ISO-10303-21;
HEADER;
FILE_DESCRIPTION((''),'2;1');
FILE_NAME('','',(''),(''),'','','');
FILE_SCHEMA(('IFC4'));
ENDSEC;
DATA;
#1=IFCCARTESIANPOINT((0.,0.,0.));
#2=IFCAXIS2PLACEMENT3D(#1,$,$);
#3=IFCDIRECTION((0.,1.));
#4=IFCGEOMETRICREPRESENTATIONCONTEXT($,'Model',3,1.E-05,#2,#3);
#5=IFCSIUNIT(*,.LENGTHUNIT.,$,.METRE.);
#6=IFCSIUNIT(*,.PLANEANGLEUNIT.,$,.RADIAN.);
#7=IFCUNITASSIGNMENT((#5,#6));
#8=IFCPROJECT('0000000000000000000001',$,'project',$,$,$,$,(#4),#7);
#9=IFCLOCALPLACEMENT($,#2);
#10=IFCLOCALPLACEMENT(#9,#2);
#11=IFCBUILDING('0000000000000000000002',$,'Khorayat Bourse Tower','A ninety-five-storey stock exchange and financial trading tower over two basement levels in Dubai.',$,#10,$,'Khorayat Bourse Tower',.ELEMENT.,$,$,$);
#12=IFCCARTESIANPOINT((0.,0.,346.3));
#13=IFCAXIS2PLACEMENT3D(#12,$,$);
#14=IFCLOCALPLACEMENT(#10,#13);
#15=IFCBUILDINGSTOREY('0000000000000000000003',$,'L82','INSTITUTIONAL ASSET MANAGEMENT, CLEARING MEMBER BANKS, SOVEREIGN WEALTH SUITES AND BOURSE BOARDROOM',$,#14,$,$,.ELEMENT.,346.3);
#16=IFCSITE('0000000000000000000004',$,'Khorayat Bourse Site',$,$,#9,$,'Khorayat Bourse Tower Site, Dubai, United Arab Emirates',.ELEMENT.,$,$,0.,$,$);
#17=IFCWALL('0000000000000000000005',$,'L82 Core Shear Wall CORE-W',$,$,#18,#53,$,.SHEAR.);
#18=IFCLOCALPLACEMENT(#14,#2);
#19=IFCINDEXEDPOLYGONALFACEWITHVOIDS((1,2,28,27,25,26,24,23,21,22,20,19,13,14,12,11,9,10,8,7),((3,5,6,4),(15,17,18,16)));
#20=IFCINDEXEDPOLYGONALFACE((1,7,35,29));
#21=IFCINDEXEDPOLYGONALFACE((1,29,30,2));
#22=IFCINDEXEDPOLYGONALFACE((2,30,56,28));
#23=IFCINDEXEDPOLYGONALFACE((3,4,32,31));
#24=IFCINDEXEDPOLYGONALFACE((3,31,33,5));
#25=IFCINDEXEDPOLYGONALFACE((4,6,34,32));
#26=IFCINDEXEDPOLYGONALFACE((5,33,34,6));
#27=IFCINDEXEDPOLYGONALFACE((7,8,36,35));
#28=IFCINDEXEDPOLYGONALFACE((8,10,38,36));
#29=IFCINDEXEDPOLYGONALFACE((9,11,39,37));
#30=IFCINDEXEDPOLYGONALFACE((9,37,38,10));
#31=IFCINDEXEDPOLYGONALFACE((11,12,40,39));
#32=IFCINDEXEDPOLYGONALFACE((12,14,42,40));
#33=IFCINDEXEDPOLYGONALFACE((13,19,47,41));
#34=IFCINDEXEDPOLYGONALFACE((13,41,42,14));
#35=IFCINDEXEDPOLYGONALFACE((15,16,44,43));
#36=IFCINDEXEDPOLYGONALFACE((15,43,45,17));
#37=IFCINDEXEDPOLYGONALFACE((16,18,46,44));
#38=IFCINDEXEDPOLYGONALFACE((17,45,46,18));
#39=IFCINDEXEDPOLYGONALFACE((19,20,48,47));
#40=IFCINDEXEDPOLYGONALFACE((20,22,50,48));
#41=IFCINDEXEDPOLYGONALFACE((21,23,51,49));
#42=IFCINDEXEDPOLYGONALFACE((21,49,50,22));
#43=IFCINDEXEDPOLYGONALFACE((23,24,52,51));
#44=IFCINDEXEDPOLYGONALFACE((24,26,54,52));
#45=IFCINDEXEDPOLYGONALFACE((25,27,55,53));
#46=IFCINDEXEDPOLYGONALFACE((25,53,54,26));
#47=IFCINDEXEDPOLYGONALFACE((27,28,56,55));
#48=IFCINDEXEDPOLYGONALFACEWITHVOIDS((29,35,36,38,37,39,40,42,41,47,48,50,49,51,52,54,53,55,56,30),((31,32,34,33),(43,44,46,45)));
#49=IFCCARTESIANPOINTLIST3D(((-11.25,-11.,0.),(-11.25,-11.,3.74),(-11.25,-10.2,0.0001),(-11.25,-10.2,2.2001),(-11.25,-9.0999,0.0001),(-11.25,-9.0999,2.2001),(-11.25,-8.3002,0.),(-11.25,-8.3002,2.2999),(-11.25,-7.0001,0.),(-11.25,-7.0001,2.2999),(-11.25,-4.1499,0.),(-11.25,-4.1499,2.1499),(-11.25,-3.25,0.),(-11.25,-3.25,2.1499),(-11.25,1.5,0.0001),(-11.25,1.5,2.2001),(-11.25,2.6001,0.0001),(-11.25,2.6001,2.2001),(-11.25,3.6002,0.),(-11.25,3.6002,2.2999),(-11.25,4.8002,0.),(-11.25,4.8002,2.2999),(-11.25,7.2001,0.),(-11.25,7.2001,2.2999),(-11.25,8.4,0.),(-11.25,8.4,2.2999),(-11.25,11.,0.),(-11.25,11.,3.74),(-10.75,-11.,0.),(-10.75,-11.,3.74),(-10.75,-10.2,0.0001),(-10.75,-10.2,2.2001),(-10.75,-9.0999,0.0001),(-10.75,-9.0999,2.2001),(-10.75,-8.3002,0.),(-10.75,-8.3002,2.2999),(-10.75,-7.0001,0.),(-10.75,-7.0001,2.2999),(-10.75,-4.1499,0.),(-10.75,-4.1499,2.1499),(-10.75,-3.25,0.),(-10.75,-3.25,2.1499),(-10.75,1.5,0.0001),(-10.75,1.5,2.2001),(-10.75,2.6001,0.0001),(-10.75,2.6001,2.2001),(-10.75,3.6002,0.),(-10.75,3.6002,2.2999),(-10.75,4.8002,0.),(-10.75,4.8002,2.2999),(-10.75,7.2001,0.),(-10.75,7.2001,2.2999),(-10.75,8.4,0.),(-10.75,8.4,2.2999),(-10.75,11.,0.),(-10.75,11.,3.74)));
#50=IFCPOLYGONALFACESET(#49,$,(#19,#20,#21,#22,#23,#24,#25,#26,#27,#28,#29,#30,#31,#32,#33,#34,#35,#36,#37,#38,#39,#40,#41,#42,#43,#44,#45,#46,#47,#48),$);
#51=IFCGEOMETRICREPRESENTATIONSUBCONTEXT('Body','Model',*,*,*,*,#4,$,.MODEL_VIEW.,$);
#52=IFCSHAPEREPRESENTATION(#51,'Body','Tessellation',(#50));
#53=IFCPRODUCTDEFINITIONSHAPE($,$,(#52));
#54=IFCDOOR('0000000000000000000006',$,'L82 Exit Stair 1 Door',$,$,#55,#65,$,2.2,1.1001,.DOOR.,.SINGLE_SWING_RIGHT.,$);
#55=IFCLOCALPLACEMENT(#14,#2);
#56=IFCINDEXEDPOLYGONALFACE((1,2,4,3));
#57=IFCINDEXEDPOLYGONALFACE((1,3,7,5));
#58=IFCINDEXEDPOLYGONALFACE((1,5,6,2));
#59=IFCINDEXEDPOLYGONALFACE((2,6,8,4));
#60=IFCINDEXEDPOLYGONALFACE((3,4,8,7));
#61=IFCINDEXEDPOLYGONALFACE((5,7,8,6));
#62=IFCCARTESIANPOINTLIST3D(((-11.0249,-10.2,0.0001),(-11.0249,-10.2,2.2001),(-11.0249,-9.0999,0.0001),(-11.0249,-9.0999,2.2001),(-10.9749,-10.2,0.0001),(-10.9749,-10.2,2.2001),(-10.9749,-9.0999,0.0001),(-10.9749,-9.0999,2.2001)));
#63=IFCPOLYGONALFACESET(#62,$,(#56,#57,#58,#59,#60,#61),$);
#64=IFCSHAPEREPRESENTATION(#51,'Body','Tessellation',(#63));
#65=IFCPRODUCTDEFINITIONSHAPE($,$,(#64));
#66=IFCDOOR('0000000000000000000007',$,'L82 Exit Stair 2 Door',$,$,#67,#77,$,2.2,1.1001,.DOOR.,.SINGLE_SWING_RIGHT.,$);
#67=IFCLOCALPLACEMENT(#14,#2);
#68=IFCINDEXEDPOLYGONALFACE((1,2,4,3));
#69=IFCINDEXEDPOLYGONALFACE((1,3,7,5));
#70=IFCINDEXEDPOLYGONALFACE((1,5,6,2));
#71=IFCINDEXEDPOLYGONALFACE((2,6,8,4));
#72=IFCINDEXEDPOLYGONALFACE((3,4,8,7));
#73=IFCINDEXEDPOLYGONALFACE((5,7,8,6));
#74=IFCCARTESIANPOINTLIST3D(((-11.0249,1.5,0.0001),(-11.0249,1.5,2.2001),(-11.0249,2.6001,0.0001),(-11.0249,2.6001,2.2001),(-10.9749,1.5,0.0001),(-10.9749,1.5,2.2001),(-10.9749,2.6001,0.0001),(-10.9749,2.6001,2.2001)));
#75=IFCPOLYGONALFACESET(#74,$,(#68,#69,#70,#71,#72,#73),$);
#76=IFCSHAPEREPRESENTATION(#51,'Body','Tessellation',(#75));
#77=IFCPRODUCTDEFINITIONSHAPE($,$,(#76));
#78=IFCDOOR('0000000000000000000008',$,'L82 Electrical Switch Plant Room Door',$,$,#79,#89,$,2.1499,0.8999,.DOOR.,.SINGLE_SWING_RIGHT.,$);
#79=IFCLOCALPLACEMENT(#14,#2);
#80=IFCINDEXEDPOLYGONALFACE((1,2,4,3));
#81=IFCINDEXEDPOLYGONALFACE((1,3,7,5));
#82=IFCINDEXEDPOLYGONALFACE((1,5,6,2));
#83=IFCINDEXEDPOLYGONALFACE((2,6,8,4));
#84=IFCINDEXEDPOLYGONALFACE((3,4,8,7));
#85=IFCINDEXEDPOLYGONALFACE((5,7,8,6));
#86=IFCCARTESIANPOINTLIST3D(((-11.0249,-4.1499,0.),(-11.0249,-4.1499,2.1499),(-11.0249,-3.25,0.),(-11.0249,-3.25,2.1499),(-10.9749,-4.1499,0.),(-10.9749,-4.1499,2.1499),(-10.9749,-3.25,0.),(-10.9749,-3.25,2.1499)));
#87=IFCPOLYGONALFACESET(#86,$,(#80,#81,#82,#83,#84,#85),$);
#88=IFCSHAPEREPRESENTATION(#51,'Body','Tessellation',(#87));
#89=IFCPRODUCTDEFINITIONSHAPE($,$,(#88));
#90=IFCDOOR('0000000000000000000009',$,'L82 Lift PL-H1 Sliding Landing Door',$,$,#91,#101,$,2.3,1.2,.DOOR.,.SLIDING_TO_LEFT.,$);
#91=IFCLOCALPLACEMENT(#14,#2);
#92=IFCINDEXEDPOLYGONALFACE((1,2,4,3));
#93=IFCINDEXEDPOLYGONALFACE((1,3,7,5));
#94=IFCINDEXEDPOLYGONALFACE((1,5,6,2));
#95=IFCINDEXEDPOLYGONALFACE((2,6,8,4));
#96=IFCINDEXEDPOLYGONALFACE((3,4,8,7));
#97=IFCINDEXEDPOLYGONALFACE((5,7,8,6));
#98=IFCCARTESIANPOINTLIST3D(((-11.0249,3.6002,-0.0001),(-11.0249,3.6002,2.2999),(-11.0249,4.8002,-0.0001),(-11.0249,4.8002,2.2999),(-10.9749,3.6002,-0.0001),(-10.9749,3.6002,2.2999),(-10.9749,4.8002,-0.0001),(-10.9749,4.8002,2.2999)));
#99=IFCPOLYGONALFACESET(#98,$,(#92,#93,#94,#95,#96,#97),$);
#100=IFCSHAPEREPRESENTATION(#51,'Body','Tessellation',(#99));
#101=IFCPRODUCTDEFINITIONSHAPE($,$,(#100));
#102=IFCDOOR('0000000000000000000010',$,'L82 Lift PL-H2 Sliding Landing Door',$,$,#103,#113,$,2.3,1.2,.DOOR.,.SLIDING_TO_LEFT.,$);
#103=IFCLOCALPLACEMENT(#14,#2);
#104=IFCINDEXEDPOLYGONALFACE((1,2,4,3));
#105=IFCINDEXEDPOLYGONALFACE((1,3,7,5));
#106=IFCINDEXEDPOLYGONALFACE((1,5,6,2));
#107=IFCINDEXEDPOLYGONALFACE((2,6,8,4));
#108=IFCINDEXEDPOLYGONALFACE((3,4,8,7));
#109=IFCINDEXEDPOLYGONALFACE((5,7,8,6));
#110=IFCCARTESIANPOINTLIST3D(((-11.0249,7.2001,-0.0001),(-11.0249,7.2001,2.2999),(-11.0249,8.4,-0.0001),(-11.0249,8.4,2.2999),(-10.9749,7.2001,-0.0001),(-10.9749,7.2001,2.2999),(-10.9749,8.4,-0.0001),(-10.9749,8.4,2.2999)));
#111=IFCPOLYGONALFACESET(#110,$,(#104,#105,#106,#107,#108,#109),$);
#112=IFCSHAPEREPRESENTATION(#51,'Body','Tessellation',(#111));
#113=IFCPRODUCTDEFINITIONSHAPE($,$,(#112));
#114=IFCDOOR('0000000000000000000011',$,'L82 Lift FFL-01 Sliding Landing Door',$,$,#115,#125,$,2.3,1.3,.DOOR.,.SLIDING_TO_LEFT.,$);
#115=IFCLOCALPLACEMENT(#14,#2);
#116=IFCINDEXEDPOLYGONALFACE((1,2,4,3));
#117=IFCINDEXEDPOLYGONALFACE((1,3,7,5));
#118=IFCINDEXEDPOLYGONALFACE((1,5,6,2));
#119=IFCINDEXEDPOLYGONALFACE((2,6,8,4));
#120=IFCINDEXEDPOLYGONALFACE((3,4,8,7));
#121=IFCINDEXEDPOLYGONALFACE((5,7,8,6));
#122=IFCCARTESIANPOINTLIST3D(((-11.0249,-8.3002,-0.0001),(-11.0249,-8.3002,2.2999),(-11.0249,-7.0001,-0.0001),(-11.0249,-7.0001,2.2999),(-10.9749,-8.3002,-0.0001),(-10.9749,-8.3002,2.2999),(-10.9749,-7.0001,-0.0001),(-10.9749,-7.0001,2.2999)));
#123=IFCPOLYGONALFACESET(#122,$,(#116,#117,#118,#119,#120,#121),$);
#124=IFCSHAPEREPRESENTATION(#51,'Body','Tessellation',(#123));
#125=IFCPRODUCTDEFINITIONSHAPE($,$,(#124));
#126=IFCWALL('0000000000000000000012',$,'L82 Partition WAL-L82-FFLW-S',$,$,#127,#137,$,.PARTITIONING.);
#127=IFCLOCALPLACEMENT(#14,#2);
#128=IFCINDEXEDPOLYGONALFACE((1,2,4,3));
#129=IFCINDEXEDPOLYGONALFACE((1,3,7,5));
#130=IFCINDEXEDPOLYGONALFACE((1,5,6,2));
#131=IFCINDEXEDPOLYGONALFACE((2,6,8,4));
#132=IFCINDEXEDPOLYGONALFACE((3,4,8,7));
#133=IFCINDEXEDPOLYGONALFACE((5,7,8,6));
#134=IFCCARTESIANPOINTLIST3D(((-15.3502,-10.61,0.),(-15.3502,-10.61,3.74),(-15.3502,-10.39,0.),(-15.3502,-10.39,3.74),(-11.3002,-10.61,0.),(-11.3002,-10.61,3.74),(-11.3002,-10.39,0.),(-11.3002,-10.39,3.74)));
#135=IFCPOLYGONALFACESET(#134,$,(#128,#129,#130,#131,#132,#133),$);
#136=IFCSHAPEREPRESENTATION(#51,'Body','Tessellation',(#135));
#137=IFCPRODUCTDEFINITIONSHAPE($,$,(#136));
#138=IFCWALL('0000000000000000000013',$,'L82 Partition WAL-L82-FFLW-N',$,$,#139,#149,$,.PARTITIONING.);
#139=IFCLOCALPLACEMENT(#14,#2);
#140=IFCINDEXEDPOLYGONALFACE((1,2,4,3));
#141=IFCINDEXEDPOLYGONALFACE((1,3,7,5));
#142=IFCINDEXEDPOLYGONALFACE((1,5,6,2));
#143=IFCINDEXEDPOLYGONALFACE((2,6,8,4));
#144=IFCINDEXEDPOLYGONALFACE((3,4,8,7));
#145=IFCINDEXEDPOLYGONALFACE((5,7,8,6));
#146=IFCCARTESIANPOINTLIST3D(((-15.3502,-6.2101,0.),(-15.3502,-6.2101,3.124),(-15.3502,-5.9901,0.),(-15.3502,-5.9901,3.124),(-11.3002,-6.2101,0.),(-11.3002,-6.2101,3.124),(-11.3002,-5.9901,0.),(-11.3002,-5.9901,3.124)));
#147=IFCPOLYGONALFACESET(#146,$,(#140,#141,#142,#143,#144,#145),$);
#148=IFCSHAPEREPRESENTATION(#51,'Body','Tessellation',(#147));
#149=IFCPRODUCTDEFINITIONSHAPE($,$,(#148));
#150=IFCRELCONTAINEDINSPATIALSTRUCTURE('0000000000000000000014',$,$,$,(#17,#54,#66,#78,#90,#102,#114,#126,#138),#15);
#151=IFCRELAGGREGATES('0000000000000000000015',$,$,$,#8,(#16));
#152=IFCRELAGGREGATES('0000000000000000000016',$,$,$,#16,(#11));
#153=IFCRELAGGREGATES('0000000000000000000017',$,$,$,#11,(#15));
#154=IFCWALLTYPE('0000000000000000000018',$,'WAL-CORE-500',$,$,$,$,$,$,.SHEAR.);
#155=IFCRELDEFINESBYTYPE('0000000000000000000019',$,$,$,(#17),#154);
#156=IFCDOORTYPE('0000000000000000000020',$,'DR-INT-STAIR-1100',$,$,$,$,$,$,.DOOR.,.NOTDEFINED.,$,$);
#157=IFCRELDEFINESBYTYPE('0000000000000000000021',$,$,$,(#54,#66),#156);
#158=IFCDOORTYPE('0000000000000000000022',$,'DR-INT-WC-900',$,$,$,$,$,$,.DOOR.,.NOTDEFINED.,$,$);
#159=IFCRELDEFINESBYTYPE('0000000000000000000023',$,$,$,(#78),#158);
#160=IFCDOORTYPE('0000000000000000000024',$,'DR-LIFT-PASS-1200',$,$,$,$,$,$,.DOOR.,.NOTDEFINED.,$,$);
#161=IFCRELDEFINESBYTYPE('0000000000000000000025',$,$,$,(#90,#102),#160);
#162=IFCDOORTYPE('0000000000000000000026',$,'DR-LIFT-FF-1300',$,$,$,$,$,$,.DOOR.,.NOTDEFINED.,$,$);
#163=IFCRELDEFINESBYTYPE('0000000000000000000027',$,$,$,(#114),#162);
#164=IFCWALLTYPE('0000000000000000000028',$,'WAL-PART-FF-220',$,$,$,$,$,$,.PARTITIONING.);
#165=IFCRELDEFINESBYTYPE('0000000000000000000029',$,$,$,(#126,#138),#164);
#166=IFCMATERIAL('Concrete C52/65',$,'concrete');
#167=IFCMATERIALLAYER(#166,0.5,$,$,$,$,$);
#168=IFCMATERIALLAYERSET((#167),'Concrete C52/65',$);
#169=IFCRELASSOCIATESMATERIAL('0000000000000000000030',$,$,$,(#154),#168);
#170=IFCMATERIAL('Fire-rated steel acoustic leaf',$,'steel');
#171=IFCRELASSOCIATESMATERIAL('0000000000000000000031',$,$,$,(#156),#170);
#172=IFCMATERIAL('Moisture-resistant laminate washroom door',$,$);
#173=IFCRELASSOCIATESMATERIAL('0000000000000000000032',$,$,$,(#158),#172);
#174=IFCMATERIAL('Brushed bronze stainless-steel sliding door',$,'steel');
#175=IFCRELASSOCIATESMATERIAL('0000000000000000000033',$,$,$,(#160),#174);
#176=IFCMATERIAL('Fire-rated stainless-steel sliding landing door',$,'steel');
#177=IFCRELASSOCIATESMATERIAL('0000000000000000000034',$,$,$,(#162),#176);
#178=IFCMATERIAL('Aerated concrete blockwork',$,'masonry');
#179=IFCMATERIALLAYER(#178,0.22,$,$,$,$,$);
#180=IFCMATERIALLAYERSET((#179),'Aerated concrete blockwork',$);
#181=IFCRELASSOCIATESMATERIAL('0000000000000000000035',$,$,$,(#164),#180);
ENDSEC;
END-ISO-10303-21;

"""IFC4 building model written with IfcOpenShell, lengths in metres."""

from ifc_helpers import new_model, si_unit, direction, frame, frame_2d, origin, place, context, subcontext, project, spatial, rectangle, extrude, source, transform, mapped, material, layer, layer_set, type_object, element, fill, save


model = new_model("IFC4")

# Units and contexts
model_context = context("Model", 3, precision=1e-05, world=origin(), true_north=direction((0.0, 1.0)))
body_context = subcontext(model_context, "Body", "Model", "MODEL_VIEW")
ifc_project = project(units=[si_unit("LENGTHUNIT", "METRE"), si_unit("PLANEANGLEUNIT", "RADIAN")], contexts=[model_context])

# Site, building, storey
site_placement = place(None, origin())
site = spatial("IfcSite", under=ifc_project, at=site_placement, Name="Khorayat Bourse Site", LongName="Khorayat Bourse Tower Site, Dubai, United Arab Emirates", CompositionType="ELEMENT", RefElevation=0.0)
building_placement = place(site_placement, origin())
building = spatial("IfcBuilding", under=site, at=building_placement, Name="Khorayat Bourse Tower", Description="A ninety-five-storey stock exchange and financial trading tower over two basement levels in Dubai.", LongName="Khorayat Bourse Tower", CompositionType="ELEMENT")
storey_placement = place(building_placement, frame((0.0, 0.0, 346.3)))
storey = spatial("IfcBuildingStorey", under=building, at=storey_placement, Name="L82", Description="INSTITUTIONAL ASSET MANAGEMENT, CLEARING MEMBER BANKS, SOVEREIGN WEALTH SUITES AND BOURSE BOARDROOM", CompositionType="ELEMENT", Elevation=346.3)

# Shared definitions
ifc_material_1 = material(Name="Concrete C52/65", Category="concrete")

# Wall, openings, doors
ifc_layer_1 = layer(ifc_material_1, 0.5)
ifc_layer_set_1 = layer_set([ifc_layer_1], Name="Concrete C52/65")
wall_type_1 = type_object("IfcWallType", Name="WAL-CORE-500", PredefinedType="SHEAR", material=ifc_layer_set_1)
shared_shape_1 = source(origin(), body_context, "Body", "SweptSolid", [
    extrude(rectangle(XDim=22.0, YDim=0.5, at=frame_2d((11.0, 0.0))), origin(), (0.0, 0.0, 1.0), 3.74),
])
wall_1_placement = place(storey_placement, frame((-11.0, -11.0, 0.0), z_axis=(0.0, 0.0, 1.0), x_axis=(0.0, 1.0, 0.0)))
wall_1 = element("IfcWall", 1, at=wall_1_placement, inside=storey, type_object=wall_type_1, Name="L82 Core Shear Wall CORE-W", PredefinedType="SHEAR", context=body_context, shape_type="MappedRepresentation", body=[
    mapped(shared_shape_1, transform((0.0, 0.0, 0.0), scale=1.0)),
])
shared_shape_2 = source(origin(), body_context, "Body", "SweptSolid", [
    extrude(rectangle(XDim=1.1001, YDim=2.2, at=frame_2d((0.55, 1.1001))), frame((0.0, 0.26, 0.0), z_axis=(0.0, -1.0, 0.0), x_axis=(1.0, 0.0, 0.0)), (0.0, 0.0, 1.0), 0.52),
])
opening_1_placement = place(wall_1_placement, frame((0.8, 0.0, 0.0)))
opening_1 = element("IfcOpeningElement", 2, at=opening_1_placement, cuts=wall_1, PredefinedType="OPENING", context=body_context, shape_type="MappedRepresentation", body=[
    mapped(shared_shape_2, transform((0.0, 0.0, 0.0), scale=1.0)),
])
opening_2_placement = place(wall_1_placement, frame((12.5, 0.0, 0.0)))
opening_2 = element("IfcOpeningElement", 3, at=opening_2_placement, cuts=wall_1, PredefinedType="OPENING", context=body_context, shape_type="MappedRepresentation", body=[
    mapped(shared_shape_2, transform((0.0, 0.0, 0.0), scale=1.0)),
])
shared_shape_3 = source(origin(), body_context, "Body", "SweptSolid", [
    extrude(rectangle(XDim=0.8999, YDim=2.1499, at=frame_2d((0.45, 1.075))), frame((0.0, 0.26, 0.0), z_axis=(0.0, -1.0, 0.0), x_axis=(1.0, 0.0, 0.0)), (0.0, 0.0, 1.0), 0.52),
])
opening_3_placement = place(wall_1_placement, frame((6.8501, 0.0, 0.0)))
opening_3 = element("IfcOpeningElement", 4, at=opening_3_placement, cuts=wall_1, PredefinedType="OPENING", context=body_context, shape_type="MappedRepresentation", body=[
    mapped(shared_shape_3, transform((0.0, 0.0, 0.0), scale=1.0)),
])
shared_shape_4 = source(origin(), body_context, "Body", "SweptSolid", [
    extrude(rectangle(XDim=1.2, YDim=2.3, at=frame_2d((0.6001, 1.1499))), frame((0.0, 0.26, 0.0), z_axis=(0.0, -1.0, 0.0), x_axis=(1.0, 0.0, 0.0)), (0.0, 0.0, 1.0), 0.52),
])
opening_4_placement = place(wall_1_placement, frame((14.6001, 0.0, 0.0)))
opening_4 = element("IfcOpeningElement", 5, at=opening_4_placement, cuts=wall_1, PredefinedType="OPENING", context=body_context, shape_type="MappedRepresentation", body=[
    mapped(shared_shape_4, transform((0.0, 0.0, 0.0), scale=1.0)),
])
opening_5_placement = place(wall_1_placement, frame((18.2, 0.0, 0.0)))
opening_5 = element("IfcOpeningElement", 6, at=opening_5_placement, cuts=wall_1, PredefinedType="OPENING", context=body_context, shape_type="MappedRepresentation", body=[
    mapped(shared_shape_4, transform((0.0, 0.0, 0.0), scale=1.0)),
])
shared_shape_5 = source(origin(), body_context, "Body", "SweptSolid", [
    extrude(rectangle(XDim=1.3, YDim=2.3, at=frame_2d((0.6499, 1.1499))), frame((0.0, 0.26, 0.0), z_axis=(0.0, -1.0, 0.0), x_axis=(1.0, 0.0, 0.0)), (0.0, 0.0, 1.0), 0.52),
])
opening_6_placement = place(wall_1_placement, frame((2.7, 0.0, 0.0)))
opening_6 = element("IfcOpeningElement", 7, at=opening_6_placement, cuts=wall_1, PredefinedType="OPENING", context=body_context, shape_type="MappedRepresentation", body=[
    mapped(shared_shape_5, transform((0.0, 0.0, 0.0), scale=1.0)),
])
ifc_material_2 = material(Name="Fire-rated steel acoustic leaf", Category="steel")
door_type_1 = type_object("IfcDoorType", Name="DR-INT-STAIR-1100", OperationType="NOTDEFINED", PredefinedType="DOOR", material=ifc_material_2)
shared_shape_6 = source(origin(), body_context, "Body", "SweptSolid", [
    extrude(rectangle(XDim=1.1001, YDim=2.2, at=frame_2d((0.55, 1.1001))), frame((0.0, 0.0249, 0.0), z_axis=(0.0, -1.0, 0.0), x_axis=(1.0, 0.0, 0.0)), (0.0, 0.0, 1.0), 0.05),
])
door_1_placement = place(opening_1_placement, origin())
door_1 = element("IfcDoor", 8, at=door_1_placement, inside=storey, type_object=door_type_1, Name="L82 Exit Stair 1 Door", OperationType="SINGLE_SWING_RIGHT", OverallHeight=2.2, OverallWidth=1.1001, PredefinedType="DOOR", context=body_context, shape_type="MappedRepresentation", body=[
    mapped(shared_shape_6, transform((0.0, 0.0, 0.0), scale=1.0)),
])
fill(opening_1, door_1)
door_2_placement = place(opening_2_placement, origin())
door_2 = element("IfcDoor", 9, at=door_2_placement, inside=storey, type_object=door_type_1, Name="L82 Exit Stair 2 Door", OperationType="SINGLE_SWING_RIGHT", OverallHeight=2.2, OverallWidth=1.1001, PredefinedType="DOOR", context=body_context, shape_type="MappedRepresentation", body=[
    mapped(shared_shape_6, transform((0.0, 0.0, 0.0), scale=1.0)),
])
fill(opening_2, door_2)
ifc_material_3 = material(Name="Moisture-resistant laminate washroom door")
door_type_2 = type_object("IfcDoorType", Name="DR-INT-WC-900", OperationType="NOTDEFINED", PredefinedType="DOOR", material=ifc_material_3)
shared_shape_7 = source(origin(), body_context, "Body", "SweptSolid", [
    extrude(rectangle(XDim=0.8999, YDim=2.1499, at=frame_2d((0.45, 1.075))), frame((0.0, 0.0249, 0.0), z_axis=(0.0, -1.0, 0.0), x_axis=(1.0, 0.0, 0.0)), (0.0, 0.0, 1.0), 0.05),
])
door_3_placement = place(opening_3_placement, origin())
door_3 = element("IfcDoor", 10, at=door_3_placement, inside=storey, type_object=door_type_2, Name="L82 Electrical Switch Plant Room Door", OperationType="SINGLE_SWING_RIGHT", OverallHeight=2.1499, OverallWidth=0.8999, PredefinedType="DOOR", context=body_context, shape_type="MappedRepresentation", body=[
    mapped(shared_shape_7, transform((0.0, 0.0, 0.0), scale=1.0)),
])
fill(opening_3, door_3)
ifc_material_4 = material(Name="Brushed bronze stainless-steel sliding door", Category="steel")
door_type_3 = type_object("IfcDoorType", Name="DR-LIFT-PASS-1200", OperationType="NOTDEFINED", PredefinedType="DOOR", material=ifc_material_4)
shared_shape_8 = source(origin(), body_context, "Body", "SweptSolid", [
    extrude(rectangle(XDim=1.2, YDim=2.3, at=frame_2d((0.6001, 1.1499))), frame((0.0, 0.0249, 0.0), z_axis=(0.0, -1.0, 0.0), x_axis=(1.0, 0.0, 0.0)), (0.0, 0.0, 1.0), 0.05),
])
door_4_placement = place(opening_4_placement, origin())
door_4 = element("IfcDoor", 11, at=door_4_placement, inside=storey, type_object=door_type_3, Name="L82 Lift PL-H1 Sliding Landing Door", OperationType="SLIDING_TO_LEFT", OverallHeight=2.3, OverallWidth=1.2, PredefinedType="DOOR", context=body_context, shape_type="MappedRepresentation", body=[
    mapped(shared_shape_8, transform((0.0, 0.0, 0.0), scale=1.0)),
])
fill(opening_4, door_4)
door_5_placement = place(opening_5_placement, origin())
door_5 = element("IfcDoor", 12, at=door_5_placement, inside=storey, type_object=door_type_3, Name="L82 Lift PL-H2 Sliding Landing Door", OperationType="SLIDING_TO_LEFT", OverallHeight=2.3, OverallWidth=1.2, PredefinedType="DOOR", context=body_context, shape_type="MappedRepresentation", body=[
    mapped(shared_shape_8, transform((0.0, 0.0, 0.0), scale=1.0)),
])
fill(opening_5, door_5)
ifc_material_5 = material(Name="Fire-rated stainless-steel sliding landing door", Category="steel")
door_type_4 = type_object("IfcDoorType", Name="DR-LIFT-FF-1300", OperationType="NOTDEFINED", PredefinedType="DOOR", material=ifc_material_5)
shared_shape_9 = source(origin(), body_context, "Body", "SweptSolid", [
    extrude(rectangle(XDim=1.3, YDim=2.3, at=frame_2d((0.6499, 1.1499))), frame((0.0, 0.0249, 0.0), z_axis=(0.0, -1.0, 0.0), x_axis=(1.0, 0.0, 0.0)), (0.0, 0.0, 1.0), 0.05),
])
door_6_placement = place(opening_6_placement, origin())
door_6 = element("IfcDoor", 13, at=door_6_placement, inside=storey, type_object=door_type_4, Name="L82 Lift FFL-01 Sliding Landing Door", OperationType="SLIDING_TO_LEFT", OverallHeight=2.3, OverallWidth=1.3, PredefinedType="DOOR", context=body_context, shape_type="MappedRepresentation", body=[
    mapped(shared_shape_9, transform((0.0, 0.0, 0.0), scale=1.0)),
])
fill(opening_6, door_6)

# Walls
ifc_material_6 = material(Name="Aerated concrete blockwork", Category="masonry")
ifc_layer_2 = layer(ifc_material_6, 0.22)
ifc_layer_set_2 = layer_set([ifc_layer_2], Name="Aerated concrete blockwork")
wall_type_2 = type_object("IfcWallType", Name="WAL-PART-FF-220", PredefinedType="PARTITIONING", material=ifc_layer_set_2)
shared_shape_10 = source(origin(), body_context, "Body", "SweptSolid", [
    extrude(rectangle(XDim=4.05, YDim=0.22, at=frame_2d((2.0249, 0.0))), origin(), (0.0, 0.0, 1.0), 3.74),
])
wall_2_placement = place(storey_placement, frame((-15.3501, -10.5, 0.0), z_axis=(0.0, 0.0, 1.0), x_axis=(1.0, 0.0, 0.0)))
element("IfcWall", 14, at=wall_2_placement, inside=storey, type_object=wall_type_2, Name="L82 Partition WAL-L82-FFLW-S", PredefinedType="PARTITIONING", context=body_context, shape_type="MappedRepresentation", body=[
    mapped(shared_shape_10, transform((0.0, 0.0, 0.0), scale=1.0)),
])
shared_shape_11 = source(origin(), body_context, "Body", "SweptSolid", [
    extrude(rectangle(XDim=4.05, YDim=0.22, at=frame_2d((2.0249, 0.0))), origin(), (0.0, 0.0, 1.0), 3.124),
])
wall_3_placement = place(storey_placement, frame((-15.3501, -6.1001, 0.0), z_axis=(0.0, 0.0, 1.0), x_axis=(1.0, 0.0, 0.0)))
element("IfcWall", 15, at=wall_3_placement, inside=storey, type_object=wall_type_2, Name="L82 Partition WAL-L82-FFLW-N", PredefinedType="PARTITIONING", context=body_context, shape_type="MappedRepresentation", body=[
    mapped(shared_shape_11, transform((0.0, 0.0, 0.0), scale=1.0)),
])

save(model, "model.ifc")
